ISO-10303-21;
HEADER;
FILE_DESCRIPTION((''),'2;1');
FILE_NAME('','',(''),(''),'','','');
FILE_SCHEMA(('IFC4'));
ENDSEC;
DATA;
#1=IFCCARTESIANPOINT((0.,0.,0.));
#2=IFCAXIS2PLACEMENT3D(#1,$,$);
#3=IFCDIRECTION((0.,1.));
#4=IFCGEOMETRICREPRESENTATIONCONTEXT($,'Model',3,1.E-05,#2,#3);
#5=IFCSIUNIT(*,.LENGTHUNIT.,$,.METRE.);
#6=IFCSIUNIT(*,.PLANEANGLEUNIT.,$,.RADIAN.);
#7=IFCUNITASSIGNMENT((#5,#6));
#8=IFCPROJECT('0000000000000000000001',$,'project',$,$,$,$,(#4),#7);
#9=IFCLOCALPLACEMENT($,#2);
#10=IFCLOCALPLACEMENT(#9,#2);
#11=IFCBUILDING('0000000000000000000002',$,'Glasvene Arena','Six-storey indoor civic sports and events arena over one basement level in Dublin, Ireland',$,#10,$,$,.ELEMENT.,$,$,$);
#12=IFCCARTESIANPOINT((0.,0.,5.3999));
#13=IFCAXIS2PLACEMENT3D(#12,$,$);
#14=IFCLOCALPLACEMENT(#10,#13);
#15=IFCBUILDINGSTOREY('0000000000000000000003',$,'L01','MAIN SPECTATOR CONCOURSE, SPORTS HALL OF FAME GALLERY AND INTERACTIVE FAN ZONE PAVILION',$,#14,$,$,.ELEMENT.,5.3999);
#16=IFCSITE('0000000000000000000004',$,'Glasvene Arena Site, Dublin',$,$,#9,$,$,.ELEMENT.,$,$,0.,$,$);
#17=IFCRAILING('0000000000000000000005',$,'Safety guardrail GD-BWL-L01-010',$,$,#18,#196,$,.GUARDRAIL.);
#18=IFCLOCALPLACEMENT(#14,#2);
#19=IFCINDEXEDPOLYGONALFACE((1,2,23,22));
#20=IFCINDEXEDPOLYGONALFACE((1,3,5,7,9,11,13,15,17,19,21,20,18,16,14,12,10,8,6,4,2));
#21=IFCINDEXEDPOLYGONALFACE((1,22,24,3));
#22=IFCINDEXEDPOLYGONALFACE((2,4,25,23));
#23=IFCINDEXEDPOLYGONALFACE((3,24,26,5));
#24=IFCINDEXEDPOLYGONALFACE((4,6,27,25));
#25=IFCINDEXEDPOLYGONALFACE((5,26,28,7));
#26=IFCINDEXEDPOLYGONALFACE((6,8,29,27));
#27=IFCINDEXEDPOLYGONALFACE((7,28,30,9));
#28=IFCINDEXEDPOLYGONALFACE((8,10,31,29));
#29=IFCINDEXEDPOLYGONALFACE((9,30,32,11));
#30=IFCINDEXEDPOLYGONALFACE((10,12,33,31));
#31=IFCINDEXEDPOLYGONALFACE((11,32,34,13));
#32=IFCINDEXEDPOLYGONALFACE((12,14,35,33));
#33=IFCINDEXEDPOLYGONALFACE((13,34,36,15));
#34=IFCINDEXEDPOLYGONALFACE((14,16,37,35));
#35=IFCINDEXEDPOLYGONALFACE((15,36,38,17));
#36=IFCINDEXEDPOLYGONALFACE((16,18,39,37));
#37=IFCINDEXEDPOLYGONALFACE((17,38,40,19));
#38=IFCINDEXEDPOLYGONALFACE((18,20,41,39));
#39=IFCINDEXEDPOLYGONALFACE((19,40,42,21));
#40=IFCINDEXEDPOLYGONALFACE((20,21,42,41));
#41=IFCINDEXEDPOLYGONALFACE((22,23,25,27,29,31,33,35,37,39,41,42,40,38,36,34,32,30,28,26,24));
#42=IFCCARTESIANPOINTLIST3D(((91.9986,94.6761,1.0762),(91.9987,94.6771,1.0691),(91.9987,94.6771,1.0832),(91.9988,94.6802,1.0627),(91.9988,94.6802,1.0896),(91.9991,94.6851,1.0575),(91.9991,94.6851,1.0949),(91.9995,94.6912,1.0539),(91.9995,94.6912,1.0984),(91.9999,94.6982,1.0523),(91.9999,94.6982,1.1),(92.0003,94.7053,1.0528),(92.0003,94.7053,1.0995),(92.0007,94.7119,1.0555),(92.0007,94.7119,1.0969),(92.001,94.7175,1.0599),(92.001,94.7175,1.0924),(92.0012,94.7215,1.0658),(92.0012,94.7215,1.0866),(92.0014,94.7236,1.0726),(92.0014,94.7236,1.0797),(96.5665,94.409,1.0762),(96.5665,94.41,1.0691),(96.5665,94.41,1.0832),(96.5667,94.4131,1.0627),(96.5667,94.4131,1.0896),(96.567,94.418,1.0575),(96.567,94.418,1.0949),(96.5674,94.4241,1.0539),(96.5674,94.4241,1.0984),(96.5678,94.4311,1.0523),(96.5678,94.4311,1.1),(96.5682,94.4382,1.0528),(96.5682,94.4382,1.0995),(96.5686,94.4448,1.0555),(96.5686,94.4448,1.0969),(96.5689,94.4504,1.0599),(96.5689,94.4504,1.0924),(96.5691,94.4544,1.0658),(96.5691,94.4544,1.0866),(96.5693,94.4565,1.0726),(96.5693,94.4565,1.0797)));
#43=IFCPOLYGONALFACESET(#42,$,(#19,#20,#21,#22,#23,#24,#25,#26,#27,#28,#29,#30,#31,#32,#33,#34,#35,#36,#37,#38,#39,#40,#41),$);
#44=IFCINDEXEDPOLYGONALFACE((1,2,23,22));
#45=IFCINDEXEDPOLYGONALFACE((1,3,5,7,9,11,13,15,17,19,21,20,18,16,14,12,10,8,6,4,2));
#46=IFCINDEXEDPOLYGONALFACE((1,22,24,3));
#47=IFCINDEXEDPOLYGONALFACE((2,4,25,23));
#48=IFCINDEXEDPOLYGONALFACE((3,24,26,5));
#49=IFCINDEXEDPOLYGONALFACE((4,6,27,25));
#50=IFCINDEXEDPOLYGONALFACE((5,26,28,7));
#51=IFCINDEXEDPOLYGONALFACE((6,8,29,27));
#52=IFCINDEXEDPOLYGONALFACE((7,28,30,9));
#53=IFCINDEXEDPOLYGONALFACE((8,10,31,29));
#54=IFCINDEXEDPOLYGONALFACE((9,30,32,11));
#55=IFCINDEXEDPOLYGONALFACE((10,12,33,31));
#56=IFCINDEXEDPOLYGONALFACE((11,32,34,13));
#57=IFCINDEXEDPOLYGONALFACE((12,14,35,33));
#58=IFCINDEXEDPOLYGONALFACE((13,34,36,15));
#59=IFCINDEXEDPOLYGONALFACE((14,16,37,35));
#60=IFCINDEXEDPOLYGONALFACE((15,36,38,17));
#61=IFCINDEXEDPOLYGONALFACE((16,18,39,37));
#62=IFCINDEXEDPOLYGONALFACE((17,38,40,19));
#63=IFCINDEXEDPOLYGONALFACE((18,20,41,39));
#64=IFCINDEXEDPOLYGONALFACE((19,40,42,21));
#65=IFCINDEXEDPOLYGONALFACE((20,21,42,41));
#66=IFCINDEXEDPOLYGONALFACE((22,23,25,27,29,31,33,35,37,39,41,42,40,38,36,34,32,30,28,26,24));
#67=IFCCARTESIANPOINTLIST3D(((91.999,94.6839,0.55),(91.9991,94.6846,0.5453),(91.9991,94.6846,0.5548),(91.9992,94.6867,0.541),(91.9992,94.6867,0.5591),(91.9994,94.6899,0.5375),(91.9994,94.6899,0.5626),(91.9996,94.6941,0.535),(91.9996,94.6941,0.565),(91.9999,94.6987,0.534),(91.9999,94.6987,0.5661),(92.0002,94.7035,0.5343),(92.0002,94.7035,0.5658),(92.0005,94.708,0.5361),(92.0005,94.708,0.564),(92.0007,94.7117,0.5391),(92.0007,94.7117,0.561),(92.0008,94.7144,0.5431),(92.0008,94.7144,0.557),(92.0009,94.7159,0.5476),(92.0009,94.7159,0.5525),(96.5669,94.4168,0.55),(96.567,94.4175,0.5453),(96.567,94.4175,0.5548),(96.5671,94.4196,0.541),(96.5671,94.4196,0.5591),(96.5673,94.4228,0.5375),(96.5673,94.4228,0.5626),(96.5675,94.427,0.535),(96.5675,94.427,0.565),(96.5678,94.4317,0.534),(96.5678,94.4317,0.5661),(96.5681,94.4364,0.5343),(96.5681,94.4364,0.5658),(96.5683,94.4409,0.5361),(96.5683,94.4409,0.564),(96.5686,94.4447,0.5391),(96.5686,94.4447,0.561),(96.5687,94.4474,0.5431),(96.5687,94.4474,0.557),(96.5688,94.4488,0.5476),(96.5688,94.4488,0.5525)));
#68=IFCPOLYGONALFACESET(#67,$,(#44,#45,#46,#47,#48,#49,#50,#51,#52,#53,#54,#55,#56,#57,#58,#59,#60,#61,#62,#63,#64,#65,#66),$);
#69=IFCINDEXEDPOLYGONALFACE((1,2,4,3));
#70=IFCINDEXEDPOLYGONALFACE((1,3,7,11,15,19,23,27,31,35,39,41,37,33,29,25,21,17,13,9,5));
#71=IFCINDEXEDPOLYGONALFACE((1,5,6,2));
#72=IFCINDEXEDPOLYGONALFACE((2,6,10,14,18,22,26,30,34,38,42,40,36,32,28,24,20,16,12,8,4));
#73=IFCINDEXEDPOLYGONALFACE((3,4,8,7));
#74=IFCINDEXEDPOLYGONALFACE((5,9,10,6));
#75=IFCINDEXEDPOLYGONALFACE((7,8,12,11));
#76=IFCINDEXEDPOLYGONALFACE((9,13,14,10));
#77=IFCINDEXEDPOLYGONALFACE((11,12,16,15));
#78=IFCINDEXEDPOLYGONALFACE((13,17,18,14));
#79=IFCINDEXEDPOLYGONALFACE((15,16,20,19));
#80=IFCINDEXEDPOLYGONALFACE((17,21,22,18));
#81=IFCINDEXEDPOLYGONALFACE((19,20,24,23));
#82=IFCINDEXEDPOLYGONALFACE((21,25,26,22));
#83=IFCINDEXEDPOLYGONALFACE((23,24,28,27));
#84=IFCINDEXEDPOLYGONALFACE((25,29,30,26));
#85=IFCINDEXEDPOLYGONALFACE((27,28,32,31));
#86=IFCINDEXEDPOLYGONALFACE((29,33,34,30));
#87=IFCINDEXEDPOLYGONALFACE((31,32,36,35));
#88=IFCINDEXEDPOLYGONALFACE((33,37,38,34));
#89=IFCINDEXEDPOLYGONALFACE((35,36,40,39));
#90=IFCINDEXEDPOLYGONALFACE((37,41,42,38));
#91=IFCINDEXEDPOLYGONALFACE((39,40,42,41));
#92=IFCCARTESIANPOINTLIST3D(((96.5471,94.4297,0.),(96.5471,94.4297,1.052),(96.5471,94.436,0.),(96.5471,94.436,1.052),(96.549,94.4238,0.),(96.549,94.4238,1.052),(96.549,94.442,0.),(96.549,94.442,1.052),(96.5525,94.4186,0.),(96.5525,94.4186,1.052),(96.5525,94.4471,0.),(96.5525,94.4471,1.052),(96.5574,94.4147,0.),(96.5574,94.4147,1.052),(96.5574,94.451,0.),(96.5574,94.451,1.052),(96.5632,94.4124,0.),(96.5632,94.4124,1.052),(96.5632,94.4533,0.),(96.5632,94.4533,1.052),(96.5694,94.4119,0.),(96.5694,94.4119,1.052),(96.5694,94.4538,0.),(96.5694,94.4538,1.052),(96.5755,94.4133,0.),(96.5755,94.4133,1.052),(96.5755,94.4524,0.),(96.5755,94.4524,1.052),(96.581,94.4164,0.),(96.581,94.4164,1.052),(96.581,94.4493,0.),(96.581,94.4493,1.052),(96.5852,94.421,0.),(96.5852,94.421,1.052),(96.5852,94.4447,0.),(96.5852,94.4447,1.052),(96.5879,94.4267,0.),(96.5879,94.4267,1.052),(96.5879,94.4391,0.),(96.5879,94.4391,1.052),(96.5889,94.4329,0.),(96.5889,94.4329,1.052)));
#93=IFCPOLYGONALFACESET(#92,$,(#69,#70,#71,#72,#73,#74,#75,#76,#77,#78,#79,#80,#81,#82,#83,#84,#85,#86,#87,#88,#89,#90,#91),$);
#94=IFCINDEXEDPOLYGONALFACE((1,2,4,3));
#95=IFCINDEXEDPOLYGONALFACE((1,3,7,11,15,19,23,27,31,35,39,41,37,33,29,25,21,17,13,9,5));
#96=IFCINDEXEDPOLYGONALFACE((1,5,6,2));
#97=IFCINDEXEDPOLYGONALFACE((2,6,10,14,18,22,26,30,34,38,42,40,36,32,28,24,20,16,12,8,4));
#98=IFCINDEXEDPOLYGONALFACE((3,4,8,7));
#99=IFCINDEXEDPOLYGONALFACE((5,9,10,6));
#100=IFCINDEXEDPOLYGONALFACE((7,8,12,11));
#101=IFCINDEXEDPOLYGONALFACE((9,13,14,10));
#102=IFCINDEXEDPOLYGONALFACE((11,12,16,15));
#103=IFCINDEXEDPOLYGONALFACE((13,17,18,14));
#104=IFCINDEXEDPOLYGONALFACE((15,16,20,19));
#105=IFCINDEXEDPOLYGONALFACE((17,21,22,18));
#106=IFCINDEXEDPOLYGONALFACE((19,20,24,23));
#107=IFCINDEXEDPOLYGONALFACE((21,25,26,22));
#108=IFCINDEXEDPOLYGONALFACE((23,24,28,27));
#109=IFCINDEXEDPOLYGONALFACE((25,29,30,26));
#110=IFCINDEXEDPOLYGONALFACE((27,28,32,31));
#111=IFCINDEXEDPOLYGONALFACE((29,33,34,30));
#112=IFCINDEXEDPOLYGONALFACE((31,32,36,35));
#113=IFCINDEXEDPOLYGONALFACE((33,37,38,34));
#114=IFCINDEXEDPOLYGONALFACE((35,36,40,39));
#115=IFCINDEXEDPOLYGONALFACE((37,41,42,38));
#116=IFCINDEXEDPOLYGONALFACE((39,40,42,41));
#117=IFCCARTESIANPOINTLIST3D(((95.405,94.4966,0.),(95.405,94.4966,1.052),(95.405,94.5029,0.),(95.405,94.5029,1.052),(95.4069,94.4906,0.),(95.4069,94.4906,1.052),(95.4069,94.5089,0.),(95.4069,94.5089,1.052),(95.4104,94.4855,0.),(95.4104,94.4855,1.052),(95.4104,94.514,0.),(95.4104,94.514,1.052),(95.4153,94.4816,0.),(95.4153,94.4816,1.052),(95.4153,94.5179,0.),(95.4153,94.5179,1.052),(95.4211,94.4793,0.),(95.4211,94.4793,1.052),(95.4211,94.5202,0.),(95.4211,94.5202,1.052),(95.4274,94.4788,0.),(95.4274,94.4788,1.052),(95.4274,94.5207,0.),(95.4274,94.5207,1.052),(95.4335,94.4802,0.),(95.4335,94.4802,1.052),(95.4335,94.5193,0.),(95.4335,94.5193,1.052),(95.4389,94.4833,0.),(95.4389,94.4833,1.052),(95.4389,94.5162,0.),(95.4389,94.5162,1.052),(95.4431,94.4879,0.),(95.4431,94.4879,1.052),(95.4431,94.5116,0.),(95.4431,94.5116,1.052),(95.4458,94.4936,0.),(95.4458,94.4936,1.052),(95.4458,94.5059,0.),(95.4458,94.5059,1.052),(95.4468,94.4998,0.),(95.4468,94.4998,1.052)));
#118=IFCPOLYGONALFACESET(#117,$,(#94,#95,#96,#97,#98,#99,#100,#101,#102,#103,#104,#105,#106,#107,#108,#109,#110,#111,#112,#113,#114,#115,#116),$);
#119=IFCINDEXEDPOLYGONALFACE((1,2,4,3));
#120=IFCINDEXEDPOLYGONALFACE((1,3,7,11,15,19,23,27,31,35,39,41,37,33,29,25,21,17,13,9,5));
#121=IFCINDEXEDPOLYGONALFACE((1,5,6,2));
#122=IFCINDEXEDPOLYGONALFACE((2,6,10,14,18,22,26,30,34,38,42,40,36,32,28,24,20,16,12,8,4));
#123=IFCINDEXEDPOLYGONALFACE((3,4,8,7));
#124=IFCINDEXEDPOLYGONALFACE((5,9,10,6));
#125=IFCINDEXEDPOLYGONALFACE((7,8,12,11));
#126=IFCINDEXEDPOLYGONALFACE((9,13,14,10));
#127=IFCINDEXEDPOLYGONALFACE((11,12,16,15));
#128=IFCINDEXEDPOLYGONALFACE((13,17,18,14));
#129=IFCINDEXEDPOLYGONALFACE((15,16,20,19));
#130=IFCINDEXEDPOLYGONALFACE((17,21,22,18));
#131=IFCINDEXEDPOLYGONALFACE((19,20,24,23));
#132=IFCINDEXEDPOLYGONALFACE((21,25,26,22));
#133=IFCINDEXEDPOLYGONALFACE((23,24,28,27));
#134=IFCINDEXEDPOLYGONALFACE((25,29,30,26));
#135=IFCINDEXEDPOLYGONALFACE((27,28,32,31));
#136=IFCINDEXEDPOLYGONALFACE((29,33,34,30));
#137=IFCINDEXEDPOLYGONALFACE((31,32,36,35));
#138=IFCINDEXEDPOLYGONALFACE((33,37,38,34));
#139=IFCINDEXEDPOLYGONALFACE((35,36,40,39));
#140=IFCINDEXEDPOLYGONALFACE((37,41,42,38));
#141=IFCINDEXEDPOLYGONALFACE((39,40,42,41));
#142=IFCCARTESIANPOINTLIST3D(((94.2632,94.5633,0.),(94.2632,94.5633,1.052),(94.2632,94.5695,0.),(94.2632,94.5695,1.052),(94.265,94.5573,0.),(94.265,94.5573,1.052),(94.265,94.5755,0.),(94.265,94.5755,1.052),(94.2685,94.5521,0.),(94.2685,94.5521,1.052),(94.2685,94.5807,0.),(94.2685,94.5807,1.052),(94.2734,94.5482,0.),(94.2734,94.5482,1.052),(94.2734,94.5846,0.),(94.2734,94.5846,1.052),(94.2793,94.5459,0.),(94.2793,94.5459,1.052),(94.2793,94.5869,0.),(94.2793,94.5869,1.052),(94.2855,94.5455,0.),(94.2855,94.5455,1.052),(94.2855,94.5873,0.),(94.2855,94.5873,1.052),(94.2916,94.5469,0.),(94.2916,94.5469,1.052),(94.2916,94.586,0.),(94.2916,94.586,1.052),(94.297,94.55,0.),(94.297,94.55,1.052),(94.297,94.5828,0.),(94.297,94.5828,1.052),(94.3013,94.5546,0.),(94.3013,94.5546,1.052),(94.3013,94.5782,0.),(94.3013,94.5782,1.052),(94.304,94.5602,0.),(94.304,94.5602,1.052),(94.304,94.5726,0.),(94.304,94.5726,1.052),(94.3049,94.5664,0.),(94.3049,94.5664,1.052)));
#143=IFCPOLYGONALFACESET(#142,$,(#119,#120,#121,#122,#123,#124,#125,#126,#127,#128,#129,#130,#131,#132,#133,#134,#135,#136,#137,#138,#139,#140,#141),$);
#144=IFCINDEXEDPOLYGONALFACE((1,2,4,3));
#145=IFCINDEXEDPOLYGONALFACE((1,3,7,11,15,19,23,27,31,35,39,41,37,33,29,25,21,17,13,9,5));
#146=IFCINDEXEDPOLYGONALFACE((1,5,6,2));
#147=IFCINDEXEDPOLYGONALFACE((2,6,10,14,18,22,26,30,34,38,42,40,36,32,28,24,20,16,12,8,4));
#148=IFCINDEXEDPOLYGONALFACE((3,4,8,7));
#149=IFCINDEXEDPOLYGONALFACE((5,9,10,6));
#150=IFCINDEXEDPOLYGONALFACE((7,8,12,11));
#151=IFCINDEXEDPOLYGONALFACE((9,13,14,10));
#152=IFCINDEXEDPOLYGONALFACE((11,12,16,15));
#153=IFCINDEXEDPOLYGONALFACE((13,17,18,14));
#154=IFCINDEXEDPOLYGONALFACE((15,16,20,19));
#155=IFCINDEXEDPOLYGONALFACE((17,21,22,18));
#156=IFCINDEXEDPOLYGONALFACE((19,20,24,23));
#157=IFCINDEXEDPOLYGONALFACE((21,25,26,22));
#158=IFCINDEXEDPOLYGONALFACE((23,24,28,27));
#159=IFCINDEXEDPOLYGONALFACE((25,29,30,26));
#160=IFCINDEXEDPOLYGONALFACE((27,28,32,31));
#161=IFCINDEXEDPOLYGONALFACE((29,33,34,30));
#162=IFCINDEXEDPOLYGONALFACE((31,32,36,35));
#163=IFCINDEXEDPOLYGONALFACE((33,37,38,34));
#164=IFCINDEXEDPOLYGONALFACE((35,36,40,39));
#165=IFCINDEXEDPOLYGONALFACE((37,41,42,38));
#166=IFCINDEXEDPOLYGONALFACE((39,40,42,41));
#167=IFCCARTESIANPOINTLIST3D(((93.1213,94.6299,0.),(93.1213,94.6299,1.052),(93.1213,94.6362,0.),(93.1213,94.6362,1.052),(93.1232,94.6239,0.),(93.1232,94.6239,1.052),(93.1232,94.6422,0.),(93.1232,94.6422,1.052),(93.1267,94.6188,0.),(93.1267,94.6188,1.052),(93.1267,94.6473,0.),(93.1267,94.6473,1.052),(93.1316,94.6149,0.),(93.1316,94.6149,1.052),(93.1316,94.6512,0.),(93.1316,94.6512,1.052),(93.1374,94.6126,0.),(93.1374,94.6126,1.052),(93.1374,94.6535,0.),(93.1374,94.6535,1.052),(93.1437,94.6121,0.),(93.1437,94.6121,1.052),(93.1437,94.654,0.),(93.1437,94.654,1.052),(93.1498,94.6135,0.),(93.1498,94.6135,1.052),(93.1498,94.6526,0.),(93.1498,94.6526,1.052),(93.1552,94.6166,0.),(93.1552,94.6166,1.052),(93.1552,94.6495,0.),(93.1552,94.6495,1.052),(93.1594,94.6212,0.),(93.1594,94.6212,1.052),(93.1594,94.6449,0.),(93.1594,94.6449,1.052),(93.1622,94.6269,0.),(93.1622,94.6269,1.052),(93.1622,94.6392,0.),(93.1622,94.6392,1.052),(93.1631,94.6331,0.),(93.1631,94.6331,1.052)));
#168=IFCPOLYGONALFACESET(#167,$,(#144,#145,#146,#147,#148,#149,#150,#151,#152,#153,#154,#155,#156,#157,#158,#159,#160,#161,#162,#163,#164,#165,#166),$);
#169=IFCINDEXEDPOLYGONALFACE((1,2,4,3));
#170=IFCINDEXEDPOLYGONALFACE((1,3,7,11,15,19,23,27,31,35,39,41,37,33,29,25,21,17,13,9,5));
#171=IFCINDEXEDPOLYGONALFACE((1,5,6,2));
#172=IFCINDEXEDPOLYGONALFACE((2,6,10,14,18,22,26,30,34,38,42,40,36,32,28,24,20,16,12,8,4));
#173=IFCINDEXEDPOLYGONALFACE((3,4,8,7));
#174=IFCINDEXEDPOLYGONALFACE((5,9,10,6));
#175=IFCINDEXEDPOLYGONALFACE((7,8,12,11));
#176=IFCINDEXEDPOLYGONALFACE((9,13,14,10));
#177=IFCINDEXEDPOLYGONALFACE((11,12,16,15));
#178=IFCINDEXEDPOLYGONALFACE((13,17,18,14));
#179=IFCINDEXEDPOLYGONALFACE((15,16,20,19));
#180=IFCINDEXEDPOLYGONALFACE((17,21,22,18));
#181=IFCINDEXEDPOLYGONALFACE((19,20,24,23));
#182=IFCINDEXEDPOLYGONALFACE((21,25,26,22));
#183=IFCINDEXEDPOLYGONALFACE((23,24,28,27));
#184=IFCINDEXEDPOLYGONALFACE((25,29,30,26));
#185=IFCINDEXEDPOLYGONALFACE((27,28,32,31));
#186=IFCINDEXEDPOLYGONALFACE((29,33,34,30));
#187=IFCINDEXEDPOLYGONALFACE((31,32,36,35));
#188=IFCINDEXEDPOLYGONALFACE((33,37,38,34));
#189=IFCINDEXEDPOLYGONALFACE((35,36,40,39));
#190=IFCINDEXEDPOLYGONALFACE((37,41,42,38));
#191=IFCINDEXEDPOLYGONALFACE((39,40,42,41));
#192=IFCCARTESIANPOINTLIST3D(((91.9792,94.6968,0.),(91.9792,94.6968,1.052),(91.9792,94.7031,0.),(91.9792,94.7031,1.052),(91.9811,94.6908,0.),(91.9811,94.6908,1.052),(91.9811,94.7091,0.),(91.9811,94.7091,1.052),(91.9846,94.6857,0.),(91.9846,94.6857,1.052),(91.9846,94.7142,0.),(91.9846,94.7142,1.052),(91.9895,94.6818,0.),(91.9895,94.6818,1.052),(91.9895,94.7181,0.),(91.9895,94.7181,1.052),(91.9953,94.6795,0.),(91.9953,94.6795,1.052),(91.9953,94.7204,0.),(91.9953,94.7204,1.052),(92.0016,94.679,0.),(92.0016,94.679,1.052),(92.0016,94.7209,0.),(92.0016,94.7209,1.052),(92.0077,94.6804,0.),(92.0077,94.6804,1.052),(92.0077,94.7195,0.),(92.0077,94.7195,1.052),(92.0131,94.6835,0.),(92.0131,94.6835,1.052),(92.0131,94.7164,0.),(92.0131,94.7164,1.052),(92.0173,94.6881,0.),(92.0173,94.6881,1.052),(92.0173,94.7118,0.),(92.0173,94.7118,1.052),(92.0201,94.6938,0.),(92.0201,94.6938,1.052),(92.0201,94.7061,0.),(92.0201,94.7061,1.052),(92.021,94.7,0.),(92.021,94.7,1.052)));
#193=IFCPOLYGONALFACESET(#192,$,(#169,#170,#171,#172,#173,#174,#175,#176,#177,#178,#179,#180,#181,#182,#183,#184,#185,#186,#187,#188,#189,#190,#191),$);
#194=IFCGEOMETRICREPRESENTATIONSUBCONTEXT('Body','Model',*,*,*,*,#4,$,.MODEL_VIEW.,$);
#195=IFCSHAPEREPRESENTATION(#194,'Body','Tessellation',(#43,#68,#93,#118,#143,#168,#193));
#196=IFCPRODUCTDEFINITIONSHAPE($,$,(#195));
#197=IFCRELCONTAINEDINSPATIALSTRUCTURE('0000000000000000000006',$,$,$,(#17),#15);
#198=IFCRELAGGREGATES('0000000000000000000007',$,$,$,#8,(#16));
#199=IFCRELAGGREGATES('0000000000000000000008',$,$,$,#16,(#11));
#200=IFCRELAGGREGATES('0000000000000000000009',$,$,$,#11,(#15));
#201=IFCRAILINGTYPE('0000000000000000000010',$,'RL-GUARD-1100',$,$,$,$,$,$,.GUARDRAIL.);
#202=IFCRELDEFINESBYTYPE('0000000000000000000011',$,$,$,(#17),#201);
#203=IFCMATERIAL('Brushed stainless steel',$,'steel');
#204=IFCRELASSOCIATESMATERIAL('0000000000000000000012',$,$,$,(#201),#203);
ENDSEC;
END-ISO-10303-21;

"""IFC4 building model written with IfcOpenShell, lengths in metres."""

from ifc_helpers import new_model, si_unit, direction, frame, origin, origin_2d, place, context, subcontext, project, spatial, circle, extrude, material, type_object, element, save


model = new_model("IFC4")

# Units and contexts
model_context = context("Model", 3, precision=1e-05, world=origin(), true_north=direction((0.0, 1.0)))
body_context = subcontext(model_context, "Body", "Model", "MODEL_VIEW")
ifc_project = project(units=[si_unit("LENGTHUNIT", "METRE"), si_unit("PLANEANGLEUNIT", "RADIAN")], contexts=[model_context])

# Site, building, storey
site_placement = place(None, origin())
site = spatial("IfcSite", under=ifc_project, at=site_placement, Name="Glasvene Arena Site, Dublin", CompositionType="ELEMENT", RefElevation=0.0)
building_placement = place(site_placement, origin())
building = spatial("IfcBuilding", under=site, at=building_placement, Name="Glasvene Arena", Description="Six-storey indoor civic sports and events arena over one basement level in Dublin, Ireland", CompositionType="ELEMENT")
storey_placement = place(building_placement, frame((0.0, 0.0, 5.3999)))
storey = spatial("IfcBuildingStorey", under=building, at=storey_placement, Name="L01", Description="MAIN SPECTATOR CONCOURSE, SPORTS HALL OF FAME GALLERY AND INTERACTIVE FAN ZONE PAVILION", CompositionType="ELEMENT", Elevation=5.3999)

# Railing
ifc_material_1 = material(Name="Brushed stainless steel", Category="steel")
railing_type = type_object("IfcRailingType", Name="RL-GUARD-1100", PredefinedType="GUARDRAIL", material=ifc_material_1)
railing_1_placement = place(storey_placement, frame((96.5679, 94.4329, 0.0)))
element("IfcRailing", 1, at=railing_1_placement, inside=storey, type_object=railing_type, Name="Safety guardrail GD-BWL-L01-010", PredefinedType="GUARDRAIL", context=body_context, shape_type="SweptSolid", body=[
    extrude(circle(Radius=0.0239, at=origin_2d()), frame((0.0, 0.0, 1.0762), z_axis=(-0.998295, 0.058372, 0.0), x_axis=(-0.058372, -0.998295, 0.0)), (0.0, 0.0, 1.0), 4.5757),
    extrude(circle(Radius=0.0161, at=origin_2d()), frame((0.0, 0.0, 0.55), z_axis=(-0.998295, 0.058372, 0.0), x_axis=(-0.058372, -0.998295, 0.0)), (0.0, 0.0, 1.0), 4.5757),
    extrude(circle(Radius=0.021, at=origin_2d()), origin(), (0.0, 0.0, 1.0), 1.052),
    extrude(circle(Radius=0.021, at=origin_2d()), frame((-1.1421, 0.0669, 0.0)), (0.0, 0.0, 1.0), 1.052),
    extrude(circle(Radius=0.021, at=origin_2d()), frame((-2.2839, 0.1335, 0.0)), (0.0, 0.0, 1.0), 1.052),
    extrude(circle(Radius=0.021, at=origin_2d()), frame((-3.4258, 0.2002, 0.0)), (0.0, 0.0, 1.0), 1.052),
    extrude(circle(Radius=0.021, at=origin_2d()), frame((-4.5679, 0.2671, 0.0)), (0.0, 0.0, 1.0), 1.052),
])

save(model, "model.ifc")
